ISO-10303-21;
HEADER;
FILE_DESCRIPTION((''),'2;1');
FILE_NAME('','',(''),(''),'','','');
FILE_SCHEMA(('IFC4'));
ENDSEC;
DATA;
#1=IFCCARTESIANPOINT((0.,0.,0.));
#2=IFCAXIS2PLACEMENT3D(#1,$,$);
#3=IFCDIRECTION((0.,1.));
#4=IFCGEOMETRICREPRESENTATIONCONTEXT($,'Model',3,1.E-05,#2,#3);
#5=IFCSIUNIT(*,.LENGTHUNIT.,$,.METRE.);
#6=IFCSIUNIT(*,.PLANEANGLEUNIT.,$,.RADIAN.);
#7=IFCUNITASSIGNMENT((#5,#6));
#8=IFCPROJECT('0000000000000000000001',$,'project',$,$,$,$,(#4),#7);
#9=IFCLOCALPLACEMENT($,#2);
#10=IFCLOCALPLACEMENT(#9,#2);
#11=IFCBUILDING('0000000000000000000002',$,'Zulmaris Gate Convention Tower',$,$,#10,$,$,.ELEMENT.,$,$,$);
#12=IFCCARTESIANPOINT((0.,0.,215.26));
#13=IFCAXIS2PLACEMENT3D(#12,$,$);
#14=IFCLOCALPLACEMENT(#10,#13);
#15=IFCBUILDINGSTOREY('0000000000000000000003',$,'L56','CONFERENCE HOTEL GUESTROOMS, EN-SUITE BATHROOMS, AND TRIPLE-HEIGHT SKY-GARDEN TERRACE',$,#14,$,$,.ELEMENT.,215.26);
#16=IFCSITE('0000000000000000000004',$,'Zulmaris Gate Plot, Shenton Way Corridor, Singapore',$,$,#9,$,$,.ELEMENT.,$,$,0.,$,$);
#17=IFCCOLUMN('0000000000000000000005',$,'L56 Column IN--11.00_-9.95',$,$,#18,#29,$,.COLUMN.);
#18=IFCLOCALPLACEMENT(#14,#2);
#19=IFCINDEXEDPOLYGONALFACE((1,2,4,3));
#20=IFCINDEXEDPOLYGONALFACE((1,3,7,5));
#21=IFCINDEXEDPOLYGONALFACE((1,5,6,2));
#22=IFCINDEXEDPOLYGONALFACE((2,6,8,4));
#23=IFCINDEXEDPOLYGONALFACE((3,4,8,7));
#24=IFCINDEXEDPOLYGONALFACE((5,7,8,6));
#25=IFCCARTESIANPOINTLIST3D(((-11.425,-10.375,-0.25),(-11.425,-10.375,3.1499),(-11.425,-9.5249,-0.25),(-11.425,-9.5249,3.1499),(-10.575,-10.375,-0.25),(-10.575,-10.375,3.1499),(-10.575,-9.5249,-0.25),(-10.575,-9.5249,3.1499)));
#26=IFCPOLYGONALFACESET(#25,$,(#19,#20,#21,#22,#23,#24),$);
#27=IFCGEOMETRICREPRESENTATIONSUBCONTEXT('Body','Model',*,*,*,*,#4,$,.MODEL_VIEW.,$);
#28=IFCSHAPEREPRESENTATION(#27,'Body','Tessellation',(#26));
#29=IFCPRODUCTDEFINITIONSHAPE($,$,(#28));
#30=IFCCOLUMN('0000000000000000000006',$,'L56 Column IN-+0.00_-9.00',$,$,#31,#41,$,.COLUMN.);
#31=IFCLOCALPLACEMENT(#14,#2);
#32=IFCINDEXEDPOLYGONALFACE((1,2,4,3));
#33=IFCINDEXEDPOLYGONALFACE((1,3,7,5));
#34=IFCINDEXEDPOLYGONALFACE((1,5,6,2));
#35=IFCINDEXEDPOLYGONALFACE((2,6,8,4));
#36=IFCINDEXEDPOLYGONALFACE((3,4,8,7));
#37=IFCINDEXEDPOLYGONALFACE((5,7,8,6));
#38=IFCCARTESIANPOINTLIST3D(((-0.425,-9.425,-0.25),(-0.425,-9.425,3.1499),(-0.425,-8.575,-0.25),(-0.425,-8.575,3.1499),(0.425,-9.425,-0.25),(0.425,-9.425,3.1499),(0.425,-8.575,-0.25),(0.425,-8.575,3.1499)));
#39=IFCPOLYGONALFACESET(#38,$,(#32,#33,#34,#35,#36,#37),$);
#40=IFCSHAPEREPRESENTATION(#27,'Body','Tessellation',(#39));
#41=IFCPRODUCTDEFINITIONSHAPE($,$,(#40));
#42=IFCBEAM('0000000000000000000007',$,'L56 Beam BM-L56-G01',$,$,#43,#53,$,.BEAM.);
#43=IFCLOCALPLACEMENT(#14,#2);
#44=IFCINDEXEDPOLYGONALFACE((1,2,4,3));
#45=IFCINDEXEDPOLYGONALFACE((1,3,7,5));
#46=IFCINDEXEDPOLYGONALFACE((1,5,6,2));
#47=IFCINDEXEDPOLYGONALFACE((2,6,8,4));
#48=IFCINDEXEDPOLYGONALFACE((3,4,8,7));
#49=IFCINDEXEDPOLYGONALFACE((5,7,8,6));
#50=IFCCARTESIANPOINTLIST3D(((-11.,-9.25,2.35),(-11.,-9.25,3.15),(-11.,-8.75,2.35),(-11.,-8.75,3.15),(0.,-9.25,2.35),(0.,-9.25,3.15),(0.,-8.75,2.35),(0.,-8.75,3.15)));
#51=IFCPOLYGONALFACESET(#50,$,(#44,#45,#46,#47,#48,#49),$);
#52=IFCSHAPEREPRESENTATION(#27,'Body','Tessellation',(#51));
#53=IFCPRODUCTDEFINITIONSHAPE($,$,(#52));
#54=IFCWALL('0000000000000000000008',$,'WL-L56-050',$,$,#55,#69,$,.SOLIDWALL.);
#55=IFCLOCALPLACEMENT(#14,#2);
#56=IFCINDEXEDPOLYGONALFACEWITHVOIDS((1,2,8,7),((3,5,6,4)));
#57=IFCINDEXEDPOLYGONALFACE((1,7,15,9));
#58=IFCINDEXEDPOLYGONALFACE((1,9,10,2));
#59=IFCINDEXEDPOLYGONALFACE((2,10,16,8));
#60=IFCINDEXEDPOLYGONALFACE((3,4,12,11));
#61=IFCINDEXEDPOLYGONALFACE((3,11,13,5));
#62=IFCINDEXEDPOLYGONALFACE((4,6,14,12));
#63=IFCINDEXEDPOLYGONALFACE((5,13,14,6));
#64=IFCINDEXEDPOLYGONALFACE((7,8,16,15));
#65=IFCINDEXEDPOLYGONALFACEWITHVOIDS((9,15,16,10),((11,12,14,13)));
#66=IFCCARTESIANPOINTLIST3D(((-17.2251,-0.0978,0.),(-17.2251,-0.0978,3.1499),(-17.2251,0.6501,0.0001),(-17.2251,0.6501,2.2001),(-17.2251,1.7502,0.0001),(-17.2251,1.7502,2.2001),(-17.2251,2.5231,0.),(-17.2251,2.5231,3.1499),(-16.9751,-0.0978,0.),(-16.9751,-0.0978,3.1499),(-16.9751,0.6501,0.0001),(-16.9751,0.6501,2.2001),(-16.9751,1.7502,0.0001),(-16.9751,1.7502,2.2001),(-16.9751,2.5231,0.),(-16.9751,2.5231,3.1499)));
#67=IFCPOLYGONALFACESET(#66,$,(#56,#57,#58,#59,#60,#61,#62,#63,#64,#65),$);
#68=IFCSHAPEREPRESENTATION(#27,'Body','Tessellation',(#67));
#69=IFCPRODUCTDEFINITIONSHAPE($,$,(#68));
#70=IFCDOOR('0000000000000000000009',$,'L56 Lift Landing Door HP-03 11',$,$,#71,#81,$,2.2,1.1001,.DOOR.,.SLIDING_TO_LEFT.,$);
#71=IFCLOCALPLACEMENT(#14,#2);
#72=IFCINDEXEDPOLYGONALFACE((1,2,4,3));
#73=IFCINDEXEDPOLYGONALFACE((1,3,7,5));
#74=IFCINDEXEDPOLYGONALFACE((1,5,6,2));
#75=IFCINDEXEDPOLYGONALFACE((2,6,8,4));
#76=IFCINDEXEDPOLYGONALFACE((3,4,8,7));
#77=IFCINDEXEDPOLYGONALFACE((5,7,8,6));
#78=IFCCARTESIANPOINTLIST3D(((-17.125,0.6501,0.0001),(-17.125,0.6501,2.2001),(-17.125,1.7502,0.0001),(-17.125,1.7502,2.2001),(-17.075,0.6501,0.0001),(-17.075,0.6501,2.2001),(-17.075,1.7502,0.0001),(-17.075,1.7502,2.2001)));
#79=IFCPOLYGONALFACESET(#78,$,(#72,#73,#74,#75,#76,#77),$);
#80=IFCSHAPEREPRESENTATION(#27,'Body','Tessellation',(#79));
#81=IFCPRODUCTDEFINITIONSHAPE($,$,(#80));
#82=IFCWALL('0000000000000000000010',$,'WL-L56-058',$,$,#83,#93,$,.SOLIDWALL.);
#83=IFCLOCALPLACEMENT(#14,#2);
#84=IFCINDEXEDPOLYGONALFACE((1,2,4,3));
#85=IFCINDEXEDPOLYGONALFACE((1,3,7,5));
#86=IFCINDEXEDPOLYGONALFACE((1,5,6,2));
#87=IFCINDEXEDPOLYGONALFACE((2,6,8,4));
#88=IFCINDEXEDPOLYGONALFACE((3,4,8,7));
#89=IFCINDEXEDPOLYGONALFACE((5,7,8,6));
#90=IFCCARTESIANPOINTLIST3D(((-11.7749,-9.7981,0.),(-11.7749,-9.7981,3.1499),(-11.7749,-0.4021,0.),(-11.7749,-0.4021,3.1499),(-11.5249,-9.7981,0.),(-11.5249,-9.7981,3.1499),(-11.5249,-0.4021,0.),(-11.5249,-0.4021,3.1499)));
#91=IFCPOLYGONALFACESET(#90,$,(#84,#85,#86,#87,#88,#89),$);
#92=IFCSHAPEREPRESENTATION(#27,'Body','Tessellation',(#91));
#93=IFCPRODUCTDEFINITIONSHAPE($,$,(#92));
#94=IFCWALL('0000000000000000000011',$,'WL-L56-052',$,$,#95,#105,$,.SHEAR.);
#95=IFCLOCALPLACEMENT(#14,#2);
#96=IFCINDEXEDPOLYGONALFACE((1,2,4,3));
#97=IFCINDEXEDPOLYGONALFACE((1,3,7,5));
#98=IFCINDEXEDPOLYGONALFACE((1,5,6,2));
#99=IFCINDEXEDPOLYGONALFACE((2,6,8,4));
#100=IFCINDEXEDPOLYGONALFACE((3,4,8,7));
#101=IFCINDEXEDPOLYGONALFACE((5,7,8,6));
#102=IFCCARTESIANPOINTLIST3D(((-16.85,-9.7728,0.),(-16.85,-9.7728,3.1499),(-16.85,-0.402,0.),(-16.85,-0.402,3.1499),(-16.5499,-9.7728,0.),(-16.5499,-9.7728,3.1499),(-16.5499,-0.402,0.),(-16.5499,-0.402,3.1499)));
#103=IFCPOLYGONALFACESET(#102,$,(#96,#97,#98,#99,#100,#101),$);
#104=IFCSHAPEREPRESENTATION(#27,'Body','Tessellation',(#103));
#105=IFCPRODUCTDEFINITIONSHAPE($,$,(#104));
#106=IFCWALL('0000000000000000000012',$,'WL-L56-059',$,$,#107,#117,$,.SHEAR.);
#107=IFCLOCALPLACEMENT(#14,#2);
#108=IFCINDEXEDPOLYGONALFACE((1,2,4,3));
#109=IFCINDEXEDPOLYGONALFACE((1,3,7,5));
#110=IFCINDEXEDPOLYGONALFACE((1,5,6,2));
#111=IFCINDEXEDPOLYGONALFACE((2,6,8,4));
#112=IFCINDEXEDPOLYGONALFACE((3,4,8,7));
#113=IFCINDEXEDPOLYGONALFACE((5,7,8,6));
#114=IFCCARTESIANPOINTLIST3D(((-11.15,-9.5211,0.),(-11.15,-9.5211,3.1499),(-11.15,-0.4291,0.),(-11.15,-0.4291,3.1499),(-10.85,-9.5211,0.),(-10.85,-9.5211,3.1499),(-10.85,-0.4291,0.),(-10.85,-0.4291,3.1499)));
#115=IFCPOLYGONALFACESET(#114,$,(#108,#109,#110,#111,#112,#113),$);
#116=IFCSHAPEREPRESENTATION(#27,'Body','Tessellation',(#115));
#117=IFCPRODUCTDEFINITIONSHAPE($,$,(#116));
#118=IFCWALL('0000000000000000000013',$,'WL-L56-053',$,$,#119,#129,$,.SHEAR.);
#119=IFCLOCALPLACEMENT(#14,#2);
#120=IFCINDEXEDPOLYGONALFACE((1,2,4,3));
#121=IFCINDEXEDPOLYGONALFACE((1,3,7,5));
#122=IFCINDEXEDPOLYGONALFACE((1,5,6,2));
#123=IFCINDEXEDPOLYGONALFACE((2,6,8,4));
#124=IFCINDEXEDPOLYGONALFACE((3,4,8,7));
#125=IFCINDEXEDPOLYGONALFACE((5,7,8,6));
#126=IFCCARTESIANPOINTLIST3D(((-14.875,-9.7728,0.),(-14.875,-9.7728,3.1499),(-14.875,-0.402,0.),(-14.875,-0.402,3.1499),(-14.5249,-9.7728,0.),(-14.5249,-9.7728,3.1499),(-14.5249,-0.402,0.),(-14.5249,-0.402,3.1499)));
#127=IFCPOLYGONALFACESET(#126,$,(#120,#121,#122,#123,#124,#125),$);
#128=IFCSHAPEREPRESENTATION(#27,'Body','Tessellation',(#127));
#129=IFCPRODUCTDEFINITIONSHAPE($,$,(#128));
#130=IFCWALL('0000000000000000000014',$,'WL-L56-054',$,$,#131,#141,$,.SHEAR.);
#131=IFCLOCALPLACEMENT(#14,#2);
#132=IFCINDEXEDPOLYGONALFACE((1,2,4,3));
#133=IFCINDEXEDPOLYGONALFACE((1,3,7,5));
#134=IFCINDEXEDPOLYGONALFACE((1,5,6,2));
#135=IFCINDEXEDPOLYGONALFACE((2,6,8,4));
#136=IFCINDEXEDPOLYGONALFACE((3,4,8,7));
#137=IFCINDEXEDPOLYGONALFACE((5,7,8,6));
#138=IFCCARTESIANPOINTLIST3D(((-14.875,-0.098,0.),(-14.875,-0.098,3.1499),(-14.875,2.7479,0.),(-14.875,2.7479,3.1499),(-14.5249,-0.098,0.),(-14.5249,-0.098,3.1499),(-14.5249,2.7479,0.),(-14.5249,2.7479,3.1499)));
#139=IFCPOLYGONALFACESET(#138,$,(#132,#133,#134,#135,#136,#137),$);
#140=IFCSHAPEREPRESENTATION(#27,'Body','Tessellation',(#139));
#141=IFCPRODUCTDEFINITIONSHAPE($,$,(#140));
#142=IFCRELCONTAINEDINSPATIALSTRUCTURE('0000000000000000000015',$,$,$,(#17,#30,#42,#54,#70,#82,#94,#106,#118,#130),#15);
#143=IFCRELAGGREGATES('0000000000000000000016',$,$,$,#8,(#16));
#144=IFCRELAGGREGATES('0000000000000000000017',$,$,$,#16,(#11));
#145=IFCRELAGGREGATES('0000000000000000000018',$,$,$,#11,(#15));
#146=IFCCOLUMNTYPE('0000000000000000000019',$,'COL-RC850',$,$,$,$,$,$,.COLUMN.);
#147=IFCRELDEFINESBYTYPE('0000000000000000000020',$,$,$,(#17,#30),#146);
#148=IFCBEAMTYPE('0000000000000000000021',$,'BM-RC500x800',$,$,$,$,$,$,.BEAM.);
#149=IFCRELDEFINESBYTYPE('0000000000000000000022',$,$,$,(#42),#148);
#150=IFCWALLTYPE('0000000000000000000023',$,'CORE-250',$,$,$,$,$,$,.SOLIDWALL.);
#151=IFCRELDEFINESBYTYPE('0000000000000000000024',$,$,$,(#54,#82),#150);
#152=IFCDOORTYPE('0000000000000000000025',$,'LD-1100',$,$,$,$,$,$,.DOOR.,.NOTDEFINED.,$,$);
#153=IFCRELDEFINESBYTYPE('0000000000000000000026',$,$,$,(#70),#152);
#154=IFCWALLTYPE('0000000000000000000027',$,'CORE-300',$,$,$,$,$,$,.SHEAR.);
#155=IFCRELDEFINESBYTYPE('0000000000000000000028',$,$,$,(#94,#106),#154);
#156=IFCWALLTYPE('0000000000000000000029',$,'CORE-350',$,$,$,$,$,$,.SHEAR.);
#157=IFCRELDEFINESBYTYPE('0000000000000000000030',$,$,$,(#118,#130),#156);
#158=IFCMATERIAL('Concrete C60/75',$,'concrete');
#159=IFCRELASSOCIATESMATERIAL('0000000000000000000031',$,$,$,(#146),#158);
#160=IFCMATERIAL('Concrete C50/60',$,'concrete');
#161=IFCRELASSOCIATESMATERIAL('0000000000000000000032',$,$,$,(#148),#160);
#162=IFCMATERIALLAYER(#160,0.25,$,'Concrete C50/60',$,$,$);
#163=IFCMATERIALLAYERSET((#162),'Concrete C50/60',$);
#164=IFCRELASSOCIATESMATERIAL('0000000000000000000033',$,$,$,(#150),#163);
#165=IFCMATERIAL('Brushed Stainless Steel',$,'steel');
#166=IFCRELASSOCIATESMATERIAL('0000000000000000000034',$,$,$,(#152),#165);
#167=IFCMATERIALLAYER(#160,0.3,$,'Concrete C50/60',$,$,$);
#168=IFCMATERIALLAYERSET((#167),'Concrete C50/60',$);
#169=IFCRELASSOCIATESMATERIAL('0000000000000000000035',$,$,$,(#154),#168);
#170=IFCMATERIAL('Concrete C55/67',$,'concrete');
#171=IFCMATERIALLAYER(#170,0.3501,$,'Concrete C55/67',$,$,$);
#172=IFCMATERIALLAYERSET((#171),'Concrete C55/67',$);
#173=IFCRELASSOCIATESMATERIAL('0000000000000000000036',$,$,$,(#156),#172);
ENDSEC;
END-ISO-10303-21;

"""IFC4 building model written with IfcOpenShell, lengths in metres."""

from ifc_helpers import new_model, si_unit, direction, frame, frame_2d, origin, origin_2d, place, context, subcontext, project, spatial, rectangle, extrude, material, layer, layer_set, material_profile, profile_set, type_object, element, fill, save


model = new_model("IFC4")

# Units and contexts
model_context = context("Model", 3, precision=1e-05, world=origin(), true_north=direction((0.0, 1.0)))
body_context = subcontext(model_context, "Body", "Model", "MODEL_VIEW")
ifc_project = project(units=[si_unit("LENGTHUNIT", "METRE"), si_unit("PLANEANGLEUNIT", "RADIAN")], contexts=[model_context])

# Site, building, storey
site_placement = place(None, origin())
site = spatial("IfcSite", under=ifc_project, at=site_placement, Name="Zulmaris Gate Plot, Shenton Way Corridor, Singapore", CompositionType="ELEMENT", RefElevation=0.0)
building_placement = place(site_placement, origin())
building = spatial("IfcBuilding", under=site, at=building_placement, Name="Zulmaris Gate Convention Tower", CompositionType="ELEMENT")
storey_placement = place(building_placement, frame((0.0, 0.0, 215.26)))
storey = spatial("IfcBuildingStorey", under=building, at=storey_placement, Name="L56", Description="CONFERENCE HOTEL GUESTROOMS, EN-SUITE BATHROOMS, AND TRIPLE-HEIGHT SKY-GARDEN TERRACE", CompositionType="ELEMENT", Elevation=215.26)

# Columns
ifc_material_1 = material(Name="Concrete C60/75", Category="concrete")
ifc_material_profile_1 = material_profile(ifc_material_1, rectangle(XDim=0.8501, YDim=0.8501, at=origin_2d()), Name="RC COL 850x850")
ifc_profile_set_1 = profile_set([ifc_material_profile_1], Name="Concrete C60/75")
column_type = type_object("IfcColumnType", Name="COL-RC850", PredefinedType="COLUMN", material=ifc_profile_set_1)
for number, where, z_axis, x_axis, name in (
    (1, (-11.0, -9.95, -0.25), (0.0, 0.0, 1.0), (1.0, 0.0, 0.0), "L56 Column IN--11.00_-9.95"),
    (2, (0.0, -9.0, -0.25), (0.0, 0.0, 1.0), (1.0, 0.0, 0.0), "L56 Column IN-+0.00_-9.00"),
):
    element("IfcColumn", number, at=place(storey_placement, frame(where, z_axis=z_axis, x_axis=x_axis)), inside=storey, type_object=column_type, Name=name, PredefinedType="COLUMN", context=body_context, shape_type="SweptSolid", body=[
        extrude(rectangle(XDim=0.8501, YDim=0.8501, at=origin_2d()), origin(), (0.0, 0.0, 1.0), 3.3999),
    ])

# Beam
ifc_material_2 = material(Name="Concrete C50/60", Category="concrete")
ifc_material_profile_2 = material_profile(ifc_material_2, rectangle(XDim=0.5, YDim=0.8, at=origin_2d()), Name="RC BEAM 500x800")
ifc_profile_set_2 = profile_set([ifc_material_profile_2], Name="Concrete C50/60")
beam_type = type_object("IfcBeamType", Name="BM-RC500x800", PredefinedType="BEAM", material=ifc_profile_set_2)
beam_placement = place(storey_placement, frame((-11.0, -9.0, 2.75), z_axis=(1.0, 0.0, 0.0), x_axis=(0.0, 1.0, 0.0)))
element("IfcBeam", 3, at=beam_placement, inside=storey, type_object=beam_type, Name="L56 Beam BM-L56-G01", PredefinedType="BEAM", context=body_context, shape_type="SweptSolid", body=[
    extrude(rectangle(XDim=0.5, YDim=0.8, at=origin_2d()), origin(), (0.0, 0.0, 1.0), 11.0),
])

# Wall, opening, door
ifc_layer_1 = layer(ifc_material_2, 0.25, Name="Concrete C50/60")
ifc_layer_set_1 = layer_set([ifc_layer_1], Name="Concrete C50/60")
wall_type_1 = type_object("IfcWallType", Name="CORE-250", PredefinedType="SOLIDWALL", material=ifc_layer_set_1)
wall_1_placement = place(storey_placement, frame((-17.1001, -0.0979, 0.0), z_axis=(0.0, 0.0, 1.0), x_axis=(0.0, 1.0, 0.0)))
wall_1 = element("IfcWall", 4, at=wall_1_placement, inside=storey, type_object=wall_type_1, Name="WL-L56-050", PredefinedType="SOLIDWALL", context=body_context, shape_type="SweptSolid", body=[
    extrude(rectangle(XDim=2.6208, YDim=0.25, at=frame_2d((1.3105, 0.0))), origin(), (0.0, 0.0, 1.0), 3.1499),
])
opening_1_placement = place(wall_1_placement, frame((0.748, 0.0, 0.0)))
opening_1 = element("IfcOpeningElement", 5, at=opening_1_placement, cuts=wall_1, PredefinedType="OPENING", context=body_context, shape_type="SweptSolid", body=[
    extrude(rectangle(XDim=1.1001, YDim=2.2, at=frame_2d((0.55, 1.1001))), frame((0.0, 0.135, 0.0), z_axis=(0.0, -1.0, 0.0), x_axis=(1.0, 0.0, 0.0)), (0.0, 0.0, 1.0), 0.27),
])
ifc_material_3 = material(Name="Brushed Stainless Steel", Category="steel")
door_type_1 = type_object("IfcDoorType", Name="LD-1100", OperationType="NOTDEFINED", PredefinedType="DOOR", material=ifc_material_3)
door_1_placement = place(opening_1_placement, origin())
door_1 = element("IfcDoor", 6, at=door_1_placement, inside=storey, type_object=door_type_1, Name="L56 Lift Landing Door HP-03 11", OperationType="SLIDING_TO_LEFT", OverallHeight=2.2, OverallWidth=1.1001, PredefinedType="DOOR", context=body_context, shape_type="SweptSolid", body=[
    extrude(rectangle(XDim=1.1001, YDim=2.2, at=frame_2d((0.55, 1.1001))), frame((0.0, 0.0249, 0.0), z_axis=(0.0, -1.0, 0.0), x_axis=(1.0, 0.0, 0.0)), (0.0, 0.0, 1.0), 0.05),
])
fill(opening_1, door_1)

# Walls
wall_2_placement = place(storey_placement, frame((-11.6499, -9.7981, 0.0), z_axis=(0.0, 0.0, 1.0), x_axis=(0.0, 1.0, 0.0)))
element("IfcWall", 7, at=wall_2_placement, inside=storey, type_object=wall_type_1, Name="WL-L56-058", PredefinedType="SOLIDWALL", context=body_context, shape_type="SweptSolid", body=[
    extrude(rectangle(XDim=9.396, YDim=0.25, at=frame_2d((4.698, 0.0))), origin(), (0.0, 0.0, 1.0), 3.1499),
])
ifc_layer_2 = layer(ifc_material_2, 0.3, Name="Concrete C50/60")
ifc_layer_set_2 = layer_set([ifc_layer_2], Name="Concrete C50/60")
wall_type_2 = type_object("IfcWallType", Name="CORE-300", PredefinedType="SHEAR", material=ifc_layer_set_2)
wall_3_placement = place(storey_placement, frame((-16.7, -9.7729, 0.0), z_axis=(0.0, 0.0, 1.0), x_axis=(0.0, 1.0, 0.0)))
element("IfcWall", 8, at=wall_3_placement, inside=storey, type_object=wall_type_2, Name="WL-L56-052", PredefinedType="SHEAR", context=body_context, shape_type="SweptSolid", body=[
    extrude(rectangle(XDim=9.3708, YDim=0.3, at=frame_2d((4.6855, 0.0))), origin(), (0.0, 0.0, 1.0), 3.1499),
])
wall_4_placement = place(storey_placement, frame((-11.0, -9.521, 0.0), z_axis=(0.0, 0.0, 1.0), x_axis=(0.0, 1.0, 0.0)))
element("IfcWall", 9, at=wall_4_placement, inside=storey, type_object=wall_type_2, Name="WL-L56-059", PredefinedType="SHEAR", context=body_context, shape_type="SweptSolid", body=[
    extrude(rectangle(XDim=9.092, YDim=0.3, at=frame_2d((4.5459, 0.0))), origin(), (0.0, 0.0, 1.0), 3.1499),
])
ifc_material_4 = material(Name="Concrete C55/67", Category="concrete")
ifc_layer_3 = layer(ifc_material_4, 0.3501, Name="Concrete C55/67")
ifc_layer_set_3 = layer_set([ifc_layer_3], Name="Concrete C55/67")
wall_type_3 = type_object("IfcWallType", Name="CORE-350", PredefinedType="SHEAR", material=ifc_layer_set_3)
wall_5_placement = place(storey_placement, frame((-14.7, -9.7729, 0.0), z_axis=(0.0, 0.0, 1.0), x_axis=(0.0, 1.0, 0.0)))
element("IfcWall", 10, at=wall_5_placement, inside=storey, type_object=wall_type_3, Name="WL-L56-053", PredefinedType="SHEAR", context=body_context, shape_type="SweptSolid", body=[
    extrude(rectangle(XDim=9.3708, YDim=0.3501, at=frame_2d((4.6855, 0.0))), origin(), (0.0, 0.0, 1.0), 3.1499),
])
wall_6_placement = place(storey_placement, frame((-14.7, -0.0979, 0.0), z_axis=(0.0, 0.0, 1.0), x_axis=(0.0, 1.0, 0.0)))
element("IfcWall", 11, at=wall_6_placement, inside=storey, type_object=wall_type_3, Name="WL-L56-054", PredefinedType="SHEAR", context=body_context, shape_type="SweptSolid", body=[
    extrude(rectangle(XDim=2.8459, YDim=0.3501, at=frame_2d((1.4229, 0.0))), origin(), (0.0, 0.0, 1.0), 3.1499),
])

save(model, "model.ifc")
